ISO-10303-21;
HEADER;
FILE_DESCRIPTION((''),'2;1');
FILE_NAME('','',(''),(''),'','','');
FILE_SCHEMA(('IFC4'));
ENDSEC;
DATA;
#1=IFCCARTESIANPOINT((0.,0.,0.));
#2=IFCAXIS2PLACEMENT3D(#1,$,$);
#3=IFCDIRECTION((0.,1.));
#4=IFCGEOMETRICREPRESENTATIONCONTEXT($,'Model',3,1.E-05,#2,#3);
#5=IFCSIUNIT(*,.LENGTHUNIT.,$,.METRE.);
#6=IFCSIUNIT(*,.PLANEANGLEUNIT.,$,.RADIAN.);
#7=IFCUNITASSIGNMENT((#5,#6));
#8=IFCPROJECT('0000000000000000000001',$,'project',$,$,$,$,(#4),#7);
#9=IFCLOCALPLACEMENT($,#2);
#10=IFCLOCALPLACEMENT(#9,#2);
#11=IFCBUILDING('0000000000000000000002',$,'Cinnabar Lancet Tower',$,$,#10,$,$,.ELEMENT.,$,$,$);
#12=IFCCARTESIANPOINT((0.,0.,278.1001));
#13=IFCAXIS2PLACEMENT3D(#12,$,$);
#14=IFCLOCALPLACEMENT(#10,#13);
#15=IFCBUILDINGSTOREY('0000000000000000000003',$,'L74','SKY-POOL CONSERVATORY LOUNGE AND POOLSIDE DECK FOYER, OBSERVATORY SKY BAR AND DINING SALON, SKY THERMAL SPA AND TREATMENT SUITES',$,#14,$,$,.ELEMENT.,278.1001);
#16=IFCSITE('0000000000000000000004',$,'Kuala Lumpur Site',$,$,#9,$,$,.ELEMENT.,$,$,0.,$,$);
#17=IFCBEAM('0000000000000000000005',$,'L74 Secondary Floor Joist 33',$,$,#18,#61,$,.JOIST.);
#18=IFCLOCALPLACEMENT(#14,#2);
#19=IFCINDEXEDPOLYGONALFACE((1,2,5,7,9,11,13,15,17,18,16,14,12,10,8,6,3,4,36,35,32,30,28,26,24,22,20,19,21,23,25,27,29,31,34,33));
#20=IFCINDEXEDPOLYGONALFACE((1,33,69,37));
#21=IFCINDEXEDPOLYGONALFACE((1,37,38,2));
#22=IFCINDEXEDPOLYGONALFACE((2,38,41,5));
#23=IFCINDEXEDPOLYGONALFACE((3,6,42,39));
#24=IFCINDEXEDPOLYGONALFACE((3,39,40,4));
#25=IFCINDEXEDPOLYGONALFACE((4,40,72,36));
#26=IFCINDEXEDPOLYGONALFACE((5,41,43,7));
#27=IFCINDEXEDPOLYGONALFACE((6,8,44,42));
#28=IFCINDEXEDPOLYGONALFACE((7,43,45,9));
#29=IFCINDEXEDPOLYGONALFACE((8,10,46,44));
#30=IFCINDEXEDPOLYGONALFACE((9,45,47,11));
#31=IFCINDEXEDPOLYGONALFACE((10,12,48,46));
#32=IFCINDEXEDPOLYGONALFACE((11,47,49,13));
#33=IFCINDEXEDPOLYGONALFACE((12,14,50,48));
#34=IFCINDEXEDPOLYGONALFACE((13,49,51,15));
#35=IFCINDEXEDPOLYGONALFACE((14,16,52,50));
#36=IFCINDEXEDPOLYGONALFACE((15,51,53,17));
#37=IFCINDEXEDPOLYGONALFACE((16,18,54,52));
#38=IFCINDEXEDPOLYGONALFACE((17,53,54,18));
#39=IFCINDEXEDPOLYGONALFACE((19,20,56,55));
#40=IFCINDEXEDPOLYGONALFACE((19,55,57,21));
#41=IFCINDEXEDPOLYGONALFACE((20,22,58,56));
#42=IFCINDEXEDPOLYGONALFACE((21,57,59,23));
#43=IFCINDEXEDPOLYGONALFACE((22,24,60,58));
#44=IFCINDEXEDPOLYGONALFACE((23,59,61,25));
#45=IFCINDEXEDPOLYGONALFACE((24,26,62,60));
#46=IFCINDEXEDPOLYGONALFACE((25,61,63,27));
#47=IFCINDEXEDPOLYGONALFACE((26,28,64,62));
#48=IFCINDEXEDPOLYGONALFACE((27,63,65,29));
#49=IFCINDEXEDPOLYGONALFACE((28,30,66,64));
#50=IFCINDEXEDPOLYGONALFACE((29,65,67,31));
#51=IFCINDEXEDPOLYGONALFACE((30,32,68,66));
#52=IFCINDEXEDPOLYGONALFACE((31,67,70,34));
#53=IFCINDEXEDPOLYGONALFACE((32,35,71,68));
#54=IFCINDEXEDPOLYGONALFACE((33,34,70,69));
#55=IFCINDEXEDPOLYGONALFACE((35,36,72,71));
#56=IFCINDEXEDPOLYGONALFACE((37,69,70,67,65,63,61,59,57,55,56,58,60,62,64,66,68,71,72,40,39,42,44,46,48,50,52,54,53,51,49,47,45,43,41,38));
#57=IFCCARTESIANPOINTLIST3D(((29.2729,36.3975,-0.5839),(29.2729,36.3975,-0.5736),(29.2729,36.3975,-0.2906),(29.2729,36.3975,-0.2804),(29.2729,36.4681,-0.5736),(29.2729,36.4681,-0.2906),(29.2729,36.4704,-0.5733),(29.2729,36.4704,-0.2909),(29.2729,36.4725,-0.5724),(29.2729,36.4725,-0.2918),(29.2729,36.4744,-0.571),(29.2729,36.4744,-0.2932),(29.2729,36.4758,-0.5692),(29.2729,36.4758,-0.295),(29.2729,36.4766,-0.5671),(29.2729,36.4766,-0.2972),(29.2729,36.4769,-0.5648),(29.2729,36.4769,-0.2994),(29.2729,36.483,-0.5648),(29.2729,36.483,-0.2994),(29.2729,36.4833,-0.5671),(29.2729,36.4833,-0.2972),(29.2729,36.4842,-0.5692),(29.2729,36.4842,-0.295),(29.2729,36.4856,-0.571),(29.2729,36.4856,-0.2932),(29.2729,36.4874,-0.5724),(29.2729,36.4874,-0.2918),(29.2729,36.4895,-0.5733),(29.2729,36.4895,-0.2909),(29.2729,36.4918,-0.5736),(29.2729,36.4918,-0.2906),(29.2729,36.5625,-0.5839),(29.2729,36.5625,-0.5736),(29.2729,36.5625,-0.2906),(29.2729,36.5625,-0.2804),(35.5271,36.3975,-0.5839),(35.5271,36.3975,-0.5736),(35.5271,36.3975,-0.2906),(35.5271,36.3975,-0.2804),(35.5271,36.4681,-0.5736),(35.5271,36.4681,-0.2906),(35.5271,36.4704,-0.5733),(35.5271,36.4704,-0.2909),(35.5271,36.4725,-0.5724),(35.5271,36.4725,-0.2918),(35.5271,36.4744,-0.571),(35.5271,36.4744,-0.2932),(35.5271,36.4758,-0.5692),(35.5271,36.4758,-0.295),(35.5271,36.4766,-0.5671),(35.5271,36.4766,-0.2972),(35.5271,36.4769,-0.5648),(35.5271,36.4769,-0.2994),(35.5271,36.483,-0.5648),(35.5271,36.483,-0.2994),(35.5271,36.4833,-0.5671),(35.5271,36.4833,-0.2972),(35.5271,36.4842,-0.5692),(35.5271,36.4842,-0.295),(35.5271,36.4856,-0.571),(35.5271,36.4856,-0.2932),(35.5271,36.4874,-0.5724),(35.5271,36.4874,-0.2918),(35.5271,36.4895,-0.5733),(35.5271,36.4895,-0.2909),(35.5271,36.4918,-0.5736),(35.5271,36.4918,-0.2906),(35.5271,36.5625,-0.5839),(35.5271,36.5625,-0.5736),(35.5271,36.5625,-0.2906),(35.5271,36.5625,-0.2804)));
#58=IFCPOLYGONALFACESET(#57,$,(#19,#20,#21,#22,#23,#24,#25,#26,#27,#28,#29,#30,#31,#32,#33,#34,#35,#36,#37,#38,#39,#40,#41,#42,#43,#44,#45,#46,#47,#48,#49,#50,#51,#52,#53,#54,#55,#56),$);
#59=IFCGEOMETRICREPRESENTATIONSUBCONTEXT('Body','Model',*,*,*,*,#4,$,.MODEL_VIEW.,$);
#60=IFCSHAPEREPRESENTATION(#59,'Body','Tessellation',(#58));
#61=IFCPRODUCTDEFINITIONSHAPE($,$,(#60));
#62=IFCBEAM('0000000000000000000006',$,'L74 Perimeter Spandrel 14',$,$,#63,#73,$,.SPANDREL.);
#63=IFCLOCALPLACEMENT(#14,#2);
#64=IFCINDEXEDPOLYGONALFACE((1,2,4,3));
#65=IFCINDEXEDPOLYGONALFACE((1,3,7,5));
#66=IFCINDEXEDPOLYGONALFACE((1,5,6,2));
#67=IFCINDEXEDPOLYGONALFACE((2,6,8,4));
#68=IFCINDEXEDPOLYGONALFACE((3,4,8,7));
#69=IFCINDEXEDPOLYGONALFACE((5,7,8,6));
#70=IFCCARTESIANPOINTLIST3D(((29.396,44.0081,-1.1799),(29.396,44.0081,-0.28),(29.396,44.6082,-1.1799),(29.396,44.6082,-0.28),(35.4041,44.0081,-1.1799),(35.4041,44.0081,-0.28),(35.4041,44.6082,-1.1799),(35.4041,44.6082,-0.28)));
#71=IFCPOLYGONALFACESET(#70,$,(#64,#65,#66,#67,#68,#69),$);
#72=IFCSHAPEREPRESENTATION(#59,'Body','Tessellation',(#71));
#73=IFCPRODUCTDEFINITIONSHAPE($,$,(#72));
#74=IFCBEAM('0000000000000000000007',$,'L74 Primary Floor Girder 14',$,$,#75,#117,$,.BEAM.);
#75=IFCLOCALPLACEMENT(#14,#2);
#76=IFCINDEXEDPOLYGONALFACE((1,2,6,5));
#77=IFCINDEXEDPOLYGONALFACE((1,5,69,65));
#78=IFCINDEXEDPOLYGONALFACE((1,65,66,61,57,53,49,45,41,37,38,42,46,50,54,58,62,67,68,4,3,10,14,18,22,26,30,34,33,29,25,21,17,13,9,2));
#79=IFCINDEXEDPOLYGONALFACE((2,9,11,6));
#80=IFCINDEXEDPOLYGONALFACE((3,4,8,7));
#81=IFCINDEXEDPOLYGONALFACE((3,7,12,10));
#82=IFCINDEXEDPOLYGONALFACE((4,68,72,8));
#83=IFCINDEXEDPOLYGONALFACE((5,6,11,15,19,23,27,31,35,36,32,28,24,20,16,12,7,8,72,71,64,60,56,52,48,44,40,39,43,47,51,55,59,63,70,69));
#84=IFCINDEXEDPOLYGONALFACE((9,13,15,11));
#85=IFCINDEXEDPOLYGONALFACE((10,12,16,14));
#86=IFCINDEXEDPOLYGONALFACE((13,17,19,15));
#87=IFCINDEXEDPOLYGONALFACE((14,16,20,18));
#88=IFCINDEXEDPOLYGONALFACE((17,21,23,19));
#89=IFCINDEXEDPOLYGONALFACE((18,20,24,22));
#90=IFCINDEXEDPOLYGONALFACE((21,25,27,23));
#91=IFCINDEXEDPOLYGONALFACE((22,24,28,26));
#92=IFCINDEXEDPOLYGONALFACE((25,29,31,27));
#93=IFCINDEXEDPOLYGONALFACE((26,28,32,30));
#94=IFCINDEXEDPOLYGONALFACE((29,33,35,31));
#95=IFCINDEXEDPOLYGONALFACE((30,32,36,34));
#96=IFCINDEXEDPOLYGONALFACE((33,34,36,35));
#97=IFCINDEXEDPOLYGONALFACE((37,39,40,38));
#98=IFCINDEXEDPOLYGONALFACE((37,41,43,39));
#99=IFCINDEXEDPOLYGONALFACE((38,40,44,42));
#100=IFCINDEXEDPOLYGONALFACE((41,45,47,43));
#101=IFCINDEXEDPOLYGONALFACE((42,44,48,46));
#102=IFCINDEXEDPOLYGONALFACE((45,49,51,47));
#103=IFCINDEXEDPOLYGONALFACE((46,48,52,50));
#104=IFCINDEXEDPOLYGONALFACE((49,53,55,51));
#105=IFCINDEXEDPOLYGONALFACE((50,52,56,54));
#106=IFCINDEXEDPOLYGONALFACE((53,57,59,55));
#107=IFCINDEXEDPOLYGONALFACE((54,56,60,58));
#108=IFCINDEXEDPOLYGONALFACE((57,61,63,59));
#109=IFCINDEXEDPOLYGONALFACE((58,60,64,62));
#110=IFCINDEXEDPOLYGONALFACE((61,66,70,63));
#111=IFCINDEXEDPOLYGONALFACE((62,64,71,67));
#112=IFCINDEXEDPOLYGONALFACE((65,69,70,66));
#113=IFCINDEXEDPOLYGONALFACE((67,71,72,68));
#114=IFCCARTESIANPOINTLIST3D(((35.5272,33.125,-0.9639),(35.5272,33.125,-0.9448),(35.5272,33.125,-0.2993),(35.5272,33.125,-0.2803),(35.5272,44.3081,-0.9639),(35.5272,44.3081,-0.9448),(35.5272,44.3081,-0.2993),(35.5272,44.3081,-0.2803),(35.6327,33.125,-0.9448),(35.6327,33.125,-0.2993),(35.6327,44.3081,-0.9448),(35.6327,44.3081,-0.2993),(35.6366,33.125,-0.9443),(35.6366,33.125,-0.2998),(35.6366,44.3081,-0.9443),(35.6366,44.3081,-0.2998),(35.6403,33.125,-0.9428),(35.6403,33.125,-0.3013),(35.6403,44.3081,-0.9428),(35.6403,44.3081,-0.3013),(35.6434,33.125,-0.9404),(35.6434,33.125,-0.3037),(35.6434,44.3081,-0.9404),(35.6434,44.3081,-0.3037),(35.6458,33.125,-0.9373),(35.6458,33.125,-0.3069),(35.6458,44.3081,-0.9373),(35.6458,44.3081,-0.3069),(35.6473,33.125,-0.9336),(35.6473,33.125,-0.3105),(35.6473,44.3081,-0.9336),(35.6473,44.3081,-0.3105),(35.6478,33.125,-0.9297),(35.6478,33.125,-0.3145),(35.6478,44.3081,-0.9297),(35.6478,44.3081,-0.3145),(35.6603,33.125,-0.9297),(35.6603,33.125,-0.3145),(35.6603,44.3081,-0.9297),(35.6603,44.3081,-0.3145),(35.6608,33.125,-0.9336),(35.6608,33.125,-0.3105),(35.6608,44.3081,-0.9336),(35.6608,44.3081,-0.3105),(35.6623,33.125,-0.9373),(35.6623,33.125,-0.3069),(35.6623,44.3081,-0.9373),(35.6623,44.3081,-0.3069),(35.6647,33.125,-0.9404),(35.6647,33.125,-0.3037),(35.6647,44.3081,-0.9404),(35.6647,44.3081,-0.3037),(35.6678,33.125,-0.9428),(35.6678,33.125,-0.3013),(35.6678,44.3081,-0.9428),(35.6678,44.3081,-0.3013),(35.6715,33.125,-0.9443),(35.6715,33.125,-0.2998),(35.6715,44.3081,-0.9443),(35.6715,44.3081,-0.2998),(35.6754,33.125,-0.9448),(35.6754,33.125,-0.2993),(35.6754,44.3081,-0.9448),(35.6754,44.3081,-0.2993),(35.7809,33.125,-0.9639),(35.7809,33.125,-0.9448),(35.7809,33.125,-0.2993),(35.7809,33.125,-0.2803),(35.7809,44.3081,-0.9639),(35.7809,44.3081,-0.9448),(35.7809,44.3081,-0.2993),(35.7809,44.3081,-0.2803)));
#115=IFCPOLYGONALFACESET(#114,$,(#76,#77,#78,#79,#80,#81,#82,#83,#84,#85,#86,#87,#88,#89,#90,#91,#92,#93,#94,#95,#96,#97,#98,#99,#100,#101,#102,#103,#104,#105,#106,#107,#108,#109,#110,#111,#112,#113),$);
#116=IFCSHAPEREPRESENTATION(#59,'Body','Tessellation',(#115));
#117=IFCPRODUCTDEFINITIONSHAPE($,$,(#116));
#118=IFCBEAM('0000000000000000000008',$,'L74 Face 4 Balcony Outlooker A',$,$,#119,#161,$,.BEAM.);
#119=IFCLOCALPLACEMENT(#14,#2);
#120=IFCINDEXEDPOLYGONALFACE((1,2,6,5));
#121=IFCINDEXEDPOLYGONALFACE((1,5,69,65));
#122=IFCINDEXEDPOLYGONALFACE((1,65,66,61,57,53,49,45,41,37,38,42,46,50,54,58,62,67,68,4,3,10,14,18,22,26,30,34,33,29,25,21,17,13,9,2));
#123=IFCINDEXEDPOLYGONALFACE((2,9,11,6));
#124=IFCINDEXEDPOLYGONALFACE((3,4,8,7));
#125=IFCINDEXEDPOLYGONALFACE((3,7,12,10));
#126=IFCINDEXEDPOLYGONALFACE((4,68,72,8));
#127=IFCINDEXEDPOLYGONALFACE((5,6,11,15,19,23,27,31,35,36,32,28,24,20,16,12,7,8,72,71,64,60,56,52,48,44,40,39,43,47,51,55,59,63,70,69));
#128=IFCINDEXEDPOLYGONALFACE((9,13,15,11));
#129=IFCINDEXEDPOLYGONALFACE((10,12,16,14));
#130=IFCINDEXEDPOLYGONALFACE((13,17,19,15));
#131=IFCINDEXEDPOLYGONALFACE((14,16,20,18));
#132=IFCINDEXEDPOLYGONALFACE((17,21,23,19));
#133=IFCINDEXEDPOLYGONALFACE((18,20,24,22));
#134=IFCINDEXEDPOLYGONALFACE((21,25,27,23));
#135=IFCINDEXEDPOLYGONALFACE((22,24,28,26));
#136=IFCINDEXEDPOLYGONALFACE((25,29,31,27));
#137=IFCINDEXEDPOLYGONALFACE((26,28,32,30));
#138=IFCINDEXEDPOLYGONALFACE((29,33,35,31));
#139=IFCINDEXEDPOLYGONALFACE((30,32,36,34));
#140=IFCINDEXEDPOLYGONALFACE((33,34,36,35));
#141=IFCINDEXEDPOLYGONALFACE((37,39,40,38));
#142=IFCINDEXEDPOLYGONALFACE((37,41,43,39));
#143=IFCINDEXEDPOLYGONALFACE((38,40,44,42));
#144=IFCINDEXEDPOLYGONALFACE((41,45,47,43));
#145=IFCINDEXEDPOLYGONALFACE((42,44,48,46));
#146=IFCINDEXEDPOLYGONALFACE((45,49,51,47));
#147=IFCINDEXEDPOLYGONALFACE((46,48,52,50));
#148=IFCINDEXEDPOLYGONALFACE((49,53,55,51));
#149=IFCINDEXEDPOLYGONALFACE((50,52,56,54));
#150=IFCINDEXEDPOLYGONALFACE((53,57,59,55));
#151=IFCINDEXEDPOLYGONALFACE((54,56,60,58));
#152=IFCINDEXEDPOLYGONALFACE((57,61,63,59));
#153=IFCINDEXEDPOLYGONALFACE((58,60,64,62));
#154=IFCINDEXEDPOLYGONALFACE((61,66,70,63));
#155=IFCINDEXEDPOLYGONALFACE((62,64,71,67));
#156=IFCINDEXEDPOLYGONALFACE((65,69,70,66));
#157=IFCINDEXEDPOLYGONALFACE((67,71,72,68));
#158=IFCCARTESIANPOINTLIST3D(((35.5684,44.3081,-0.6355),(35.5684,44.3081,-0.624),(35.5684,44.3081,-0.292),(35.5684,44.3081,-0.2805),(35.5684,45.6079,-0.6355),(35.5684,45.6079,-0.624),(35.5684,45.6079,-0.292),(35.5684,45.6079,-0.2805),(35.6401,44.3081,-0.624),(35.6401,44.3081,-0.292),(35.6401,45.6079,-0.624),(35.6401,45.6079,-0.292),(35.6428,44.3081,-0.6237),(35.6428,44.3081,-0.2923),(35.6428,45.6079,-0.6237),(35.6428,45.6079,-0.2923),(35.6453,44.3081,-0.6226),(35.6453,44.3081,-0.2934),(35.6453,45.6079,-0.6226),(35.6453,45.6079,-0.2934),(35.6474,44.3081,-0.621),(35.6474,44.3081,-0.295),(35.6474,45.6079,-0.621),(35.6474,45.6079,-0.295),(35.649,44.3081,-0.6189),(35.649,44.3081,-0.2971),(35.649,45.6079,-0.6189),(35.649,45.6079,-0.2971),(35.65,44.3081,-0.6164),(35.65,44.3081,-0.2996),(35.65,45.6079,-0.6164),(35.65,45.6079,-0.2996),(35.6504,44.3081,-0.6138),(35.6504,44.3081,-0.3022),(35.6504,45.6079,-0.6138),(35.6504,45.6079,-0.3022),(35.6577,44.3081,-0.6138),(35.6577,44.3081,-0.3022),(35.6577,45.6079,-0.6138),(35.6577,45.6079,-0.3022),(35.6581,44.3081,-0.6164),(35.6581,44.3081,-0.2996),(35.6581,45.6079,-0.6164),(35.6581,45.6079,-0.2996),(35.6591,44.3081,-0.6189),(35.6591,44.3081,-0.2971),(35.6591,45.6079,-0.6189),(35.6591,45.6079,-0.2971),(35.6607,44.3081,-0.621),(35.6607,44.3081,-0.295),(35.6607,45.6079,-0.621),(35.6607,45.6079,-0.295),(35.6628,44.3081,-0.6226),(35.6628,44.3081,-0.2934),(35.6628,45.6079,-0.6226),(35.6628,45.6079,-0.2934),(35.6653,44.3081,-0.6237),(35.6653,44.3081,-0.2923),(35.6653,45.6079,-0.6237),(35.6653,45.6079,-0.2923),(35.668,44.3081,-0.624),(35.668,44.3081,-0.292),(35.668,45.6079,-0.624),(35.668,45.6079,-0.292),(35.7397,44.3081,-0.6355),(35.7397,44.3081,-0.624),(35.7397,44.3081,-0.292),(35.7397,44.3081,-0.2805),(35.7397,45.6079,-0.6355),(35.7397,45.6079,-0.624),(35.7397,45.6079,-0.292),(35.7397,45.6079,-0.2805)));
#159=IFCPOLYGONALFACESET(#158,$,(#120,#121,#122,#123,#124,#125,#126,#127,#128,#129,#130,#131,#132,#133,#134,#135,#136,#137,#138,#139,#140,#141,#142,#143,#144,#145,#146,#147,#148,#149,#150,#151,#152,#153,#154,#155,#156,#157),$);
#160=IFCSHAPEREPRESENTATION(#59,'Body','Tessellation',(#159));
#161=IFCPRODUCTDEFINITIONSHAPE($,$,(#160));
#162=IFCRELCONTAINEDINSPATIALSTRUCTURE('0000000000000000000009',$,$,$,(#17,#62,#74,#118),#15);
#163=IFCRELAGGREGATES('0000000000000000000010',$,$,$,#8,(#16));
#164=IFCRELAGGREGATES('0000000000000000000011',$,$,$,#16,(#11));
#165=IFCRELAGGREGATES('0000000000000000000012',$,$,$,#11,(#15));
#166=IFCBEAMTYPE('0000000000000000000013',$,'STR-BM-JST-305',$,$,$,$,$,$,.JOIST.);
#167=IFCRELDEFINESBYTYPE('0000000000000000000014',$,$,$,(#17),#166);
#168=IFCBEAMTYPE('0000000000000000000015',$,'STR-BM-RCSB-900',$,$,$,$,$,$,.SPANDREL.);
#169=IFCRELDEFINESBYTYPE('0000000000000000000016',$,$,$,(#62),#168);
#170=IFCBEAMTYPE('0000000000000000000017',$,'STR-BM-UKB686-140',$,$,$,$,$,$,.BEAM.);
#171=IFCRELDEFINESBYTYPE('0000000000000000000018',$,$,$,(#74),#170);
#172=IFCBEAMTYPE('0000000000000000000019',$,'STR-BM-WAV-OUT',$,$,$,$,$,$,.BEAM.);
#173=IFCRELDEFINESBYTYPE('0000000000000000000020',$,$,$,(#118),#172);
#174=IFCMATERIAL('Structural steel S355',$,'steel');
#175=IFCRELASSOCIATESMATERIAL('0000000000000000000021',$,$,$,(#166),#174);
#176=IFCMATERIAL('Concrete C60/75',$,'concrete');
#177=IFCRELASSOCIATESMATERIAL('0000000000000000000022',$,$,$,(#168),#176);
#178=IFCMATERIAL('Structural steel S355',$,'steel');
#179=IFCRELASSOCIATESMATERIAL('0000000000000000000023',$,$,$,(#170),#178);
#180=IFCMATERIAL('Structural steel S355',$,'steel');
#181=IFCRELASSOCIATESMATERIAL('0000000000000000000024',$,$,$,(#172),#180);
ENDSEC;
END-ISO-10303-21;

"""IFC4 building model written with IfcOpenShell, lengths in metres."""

from ifc_helpers import new_model, si_unit, direction, frame, origin, origin_2d, place, context, subcontext, project, spatial, rectangle, i_section, extrude, material, material_profile, profile_set, type_object, element, save


model = new_model("IFC4")

# Units and contexts
model_context = context("Model", 3, precision=1e-05, world=origin(), true_north=direction((0.0, 1.0)))
body_context = subcontext(model_context, "Body", "Model", "MODEL_VIEW")
ifc_project = project(units=[si_unit("LENGTHUNIT", "METRE"), si_unit("PLANEANGLEUNIT", "RADIAN")], contexts=[model_context])

# Site, building, storey
site_placement = place(None, origin())
site = spatial("IfcSite", under=ifc_project, at=site_placement, Name="Kuala Lumpur Site", CompositionType="ELEMENT", RefElevation=0.0)
building_placement = place(site_placement, origin())
building = spatial("IfcBuilding", under=site, at=building_placement, Name="Cinnabar Lancet Tower", CompositionType="ELEMENT")
storey_placement = place(building_placement, frame((0.0, 0.0, 278.1001)))
storey = spatial("IfcBuildingStorey", under=building, at=storey_placement, Name="L74", Description="SKY-POOL CONSERVATORY LOUNGE AND POOLSIDE DECK FOYER, OBSERVATORY SKY BAR AND DINING SALON, SKY THERMAL SPA AND TREATMENT SUITES", CompositionType="ELEMENT", Elevation=278.1001)

# Beams
ifc_material_1 = material(Name="Structural steel S355", Category="steel")
ifc_material_profile_1 = material_profile(ifc_material_1, i_section(OverallWidth=0.165, OverallDepth=0.3035, WebThickness=0.0061, FlangeThickness=0.0103, FilletRadius=0.0088, at=origin_2d()), Name="UKB 305x165x40")
ifc_profile_set_1 = profile_set([ifc_material_profile_1], Name="Structural steel S355")
beam_type_1 = type_object("IfcBeamType", Name="STR-BM-JST-305", PredefinedType="JOIST", material=ifc_profile_set_1)
for number, where, z_axis, x_axis, name in (
    (1, (35.5271, 36.48, -0.4321), (-1.0, 0.0, 0.0), (0.0, -1.0, 0.0), "L74 Secondary Floor Joist 33"),
):
    element("IfcBeam", number, at=place(storey_placement, frame(where, z_axis=z_axis, x_axis=x_axis)), inside=storey, type_object=beam_type_1, Name=name, PredefinedType="JOIST", context=body_context, shape_type="SweptSolid", body=[
        extrude(i_section(OverallWidth=0.165, OverallDepth=0.3035, WebThickness=0.0061, FlangeThickness=0.0103, FilletRadius=0.0088, at=origin_2d()), origin(), (0.0, 0.0, 1.0), 6.2542),
    ])
ifc_material_2 = material(Name="Concrete C60/75", Category="concrete")
ifc_material_profile_2 = material_profile(ifc_material_2, rectangle(XDim=0.6001, YDim=0.8999, at=origin_2d()), Name="RC-SB 600x900")
ifc_profile_set_2 = profile_set([ifc_material_profile_2], Name="Concrete C60/75")
beam_type_2 = type_object("IfcBeamType", Name="STR-BM-RCSB-900", PredefinedType="SPANDREL", material=ifc_profile_set_2)
beam_1_placement = place(storey_placement, frame((35.4041, 44.3081, -0.73), z_axis=(-1.0, 0.0, 0.0), x_axis=(0.0, -1.0, 0.0)))
element("IfcBeam", 2, at=beam_1_placement, inside=storey, type_object=beam_type_2, Name="L74 Perimeter Spandrel 14", PredefinedType="SPANDREL", context=body_context, shape_type="SweptSolid", body=[
    extrude(rectangle(XDim=0.6001, YDim=0.8999, at=origin_2d()), origin(), (0.0, 0.0, 1.0), 6.0081),
])
ifc_material_3 = material(Name="Structural steel S355", Category="steel")
ifc_material_profile_3 = material_profile(ifc_material_3, i_section(OverallWidth=0.2537, OverallDepth=0.6836, WebThickness=0.0125, FlangeThickness=0.019, FilletRadius=0.0151, at=origin_2d()), Name="UKB 686x254x140")
ifc_profile_set_3 = profile_set([ifc_material_profile_3], Name="Structural steel S355")
beam_type_3 = type_object("IfcBeamType", Name="STR-BM-UKB686-140", PredefinedType="BEAM", material=ifc_profile_set_3)
beam_2_placement = place(storey_placement, frame((35.6541, 44.3081, -0.6221), z_axis=(0.0, -1.0, 0.0), x_axis=(1.0, 0.0, 0.0)))
element("IfcBeam", 3, at=beam_2_placement, inside=storey, type_object=beam_type_3, Name="L74 Primary Floor Girder 14", PredefinedType="BEAM", context=body_context, shape_type="SweptSolid", body=[
    extrude(i_section(OverallWidth=0.2537, OverallDepth=0.6836, WebThickness=0.0125, FlangeThickness=0.019, FilletRadius=0.0151, at=origin_2d()), origin(), (0.0, 0.0, 1.0), 11.1831),
])
ifc_material_4 = material(Name="Structural steel S355", Category="steel")
ifc_material_profile_4 = material_profile(ifc_material_4, i_section(OverallWidth=0.1714, OverallDepth=0.355, WebThickness=0.0073, FlangeThickness=0.0115, FilletRadius=0.0103, at=origin_2d()), Name="UKB 356x171x51")
ifc_profile_set_4 = profile_set([ifc_material_profile_4], Name="Structural steel S355")
beam_type_4 = type_object("IfcBeamType", Name="STR-BM-WAV-OUT", PredefinedType="BEAM", material=ifc_profile_set_4)
for number, where, z_axis, x_axis, name in (
    (4, (35.6541, 44.3081, -0.458), (0.0, 1.0, 0.0), (-1.0, 0.0, 0.0), "L74 Face 4 Balcony Outlooker A"),
):
    element("IfcBeam", number, at=place(storey_placement, frame(where, z_axis=z_axis, x_axis=x_axis)), inside=storey, type_object=beam_type_4, Name=name, PredefinedType="BEAM", context=body_context, shape_type="SweptSolid", body=[
        extrude(i_section(OverallWidth=0.1714, OverallDepth=0.355, WebThickness=0.0073, FlangeThickness=0.0115, FilletRadius=0.0103, at=origin_2d()), origin(), (0.0, 0.0, 1.0), 1.2998),
    ])

save(model, "model.ifc")
